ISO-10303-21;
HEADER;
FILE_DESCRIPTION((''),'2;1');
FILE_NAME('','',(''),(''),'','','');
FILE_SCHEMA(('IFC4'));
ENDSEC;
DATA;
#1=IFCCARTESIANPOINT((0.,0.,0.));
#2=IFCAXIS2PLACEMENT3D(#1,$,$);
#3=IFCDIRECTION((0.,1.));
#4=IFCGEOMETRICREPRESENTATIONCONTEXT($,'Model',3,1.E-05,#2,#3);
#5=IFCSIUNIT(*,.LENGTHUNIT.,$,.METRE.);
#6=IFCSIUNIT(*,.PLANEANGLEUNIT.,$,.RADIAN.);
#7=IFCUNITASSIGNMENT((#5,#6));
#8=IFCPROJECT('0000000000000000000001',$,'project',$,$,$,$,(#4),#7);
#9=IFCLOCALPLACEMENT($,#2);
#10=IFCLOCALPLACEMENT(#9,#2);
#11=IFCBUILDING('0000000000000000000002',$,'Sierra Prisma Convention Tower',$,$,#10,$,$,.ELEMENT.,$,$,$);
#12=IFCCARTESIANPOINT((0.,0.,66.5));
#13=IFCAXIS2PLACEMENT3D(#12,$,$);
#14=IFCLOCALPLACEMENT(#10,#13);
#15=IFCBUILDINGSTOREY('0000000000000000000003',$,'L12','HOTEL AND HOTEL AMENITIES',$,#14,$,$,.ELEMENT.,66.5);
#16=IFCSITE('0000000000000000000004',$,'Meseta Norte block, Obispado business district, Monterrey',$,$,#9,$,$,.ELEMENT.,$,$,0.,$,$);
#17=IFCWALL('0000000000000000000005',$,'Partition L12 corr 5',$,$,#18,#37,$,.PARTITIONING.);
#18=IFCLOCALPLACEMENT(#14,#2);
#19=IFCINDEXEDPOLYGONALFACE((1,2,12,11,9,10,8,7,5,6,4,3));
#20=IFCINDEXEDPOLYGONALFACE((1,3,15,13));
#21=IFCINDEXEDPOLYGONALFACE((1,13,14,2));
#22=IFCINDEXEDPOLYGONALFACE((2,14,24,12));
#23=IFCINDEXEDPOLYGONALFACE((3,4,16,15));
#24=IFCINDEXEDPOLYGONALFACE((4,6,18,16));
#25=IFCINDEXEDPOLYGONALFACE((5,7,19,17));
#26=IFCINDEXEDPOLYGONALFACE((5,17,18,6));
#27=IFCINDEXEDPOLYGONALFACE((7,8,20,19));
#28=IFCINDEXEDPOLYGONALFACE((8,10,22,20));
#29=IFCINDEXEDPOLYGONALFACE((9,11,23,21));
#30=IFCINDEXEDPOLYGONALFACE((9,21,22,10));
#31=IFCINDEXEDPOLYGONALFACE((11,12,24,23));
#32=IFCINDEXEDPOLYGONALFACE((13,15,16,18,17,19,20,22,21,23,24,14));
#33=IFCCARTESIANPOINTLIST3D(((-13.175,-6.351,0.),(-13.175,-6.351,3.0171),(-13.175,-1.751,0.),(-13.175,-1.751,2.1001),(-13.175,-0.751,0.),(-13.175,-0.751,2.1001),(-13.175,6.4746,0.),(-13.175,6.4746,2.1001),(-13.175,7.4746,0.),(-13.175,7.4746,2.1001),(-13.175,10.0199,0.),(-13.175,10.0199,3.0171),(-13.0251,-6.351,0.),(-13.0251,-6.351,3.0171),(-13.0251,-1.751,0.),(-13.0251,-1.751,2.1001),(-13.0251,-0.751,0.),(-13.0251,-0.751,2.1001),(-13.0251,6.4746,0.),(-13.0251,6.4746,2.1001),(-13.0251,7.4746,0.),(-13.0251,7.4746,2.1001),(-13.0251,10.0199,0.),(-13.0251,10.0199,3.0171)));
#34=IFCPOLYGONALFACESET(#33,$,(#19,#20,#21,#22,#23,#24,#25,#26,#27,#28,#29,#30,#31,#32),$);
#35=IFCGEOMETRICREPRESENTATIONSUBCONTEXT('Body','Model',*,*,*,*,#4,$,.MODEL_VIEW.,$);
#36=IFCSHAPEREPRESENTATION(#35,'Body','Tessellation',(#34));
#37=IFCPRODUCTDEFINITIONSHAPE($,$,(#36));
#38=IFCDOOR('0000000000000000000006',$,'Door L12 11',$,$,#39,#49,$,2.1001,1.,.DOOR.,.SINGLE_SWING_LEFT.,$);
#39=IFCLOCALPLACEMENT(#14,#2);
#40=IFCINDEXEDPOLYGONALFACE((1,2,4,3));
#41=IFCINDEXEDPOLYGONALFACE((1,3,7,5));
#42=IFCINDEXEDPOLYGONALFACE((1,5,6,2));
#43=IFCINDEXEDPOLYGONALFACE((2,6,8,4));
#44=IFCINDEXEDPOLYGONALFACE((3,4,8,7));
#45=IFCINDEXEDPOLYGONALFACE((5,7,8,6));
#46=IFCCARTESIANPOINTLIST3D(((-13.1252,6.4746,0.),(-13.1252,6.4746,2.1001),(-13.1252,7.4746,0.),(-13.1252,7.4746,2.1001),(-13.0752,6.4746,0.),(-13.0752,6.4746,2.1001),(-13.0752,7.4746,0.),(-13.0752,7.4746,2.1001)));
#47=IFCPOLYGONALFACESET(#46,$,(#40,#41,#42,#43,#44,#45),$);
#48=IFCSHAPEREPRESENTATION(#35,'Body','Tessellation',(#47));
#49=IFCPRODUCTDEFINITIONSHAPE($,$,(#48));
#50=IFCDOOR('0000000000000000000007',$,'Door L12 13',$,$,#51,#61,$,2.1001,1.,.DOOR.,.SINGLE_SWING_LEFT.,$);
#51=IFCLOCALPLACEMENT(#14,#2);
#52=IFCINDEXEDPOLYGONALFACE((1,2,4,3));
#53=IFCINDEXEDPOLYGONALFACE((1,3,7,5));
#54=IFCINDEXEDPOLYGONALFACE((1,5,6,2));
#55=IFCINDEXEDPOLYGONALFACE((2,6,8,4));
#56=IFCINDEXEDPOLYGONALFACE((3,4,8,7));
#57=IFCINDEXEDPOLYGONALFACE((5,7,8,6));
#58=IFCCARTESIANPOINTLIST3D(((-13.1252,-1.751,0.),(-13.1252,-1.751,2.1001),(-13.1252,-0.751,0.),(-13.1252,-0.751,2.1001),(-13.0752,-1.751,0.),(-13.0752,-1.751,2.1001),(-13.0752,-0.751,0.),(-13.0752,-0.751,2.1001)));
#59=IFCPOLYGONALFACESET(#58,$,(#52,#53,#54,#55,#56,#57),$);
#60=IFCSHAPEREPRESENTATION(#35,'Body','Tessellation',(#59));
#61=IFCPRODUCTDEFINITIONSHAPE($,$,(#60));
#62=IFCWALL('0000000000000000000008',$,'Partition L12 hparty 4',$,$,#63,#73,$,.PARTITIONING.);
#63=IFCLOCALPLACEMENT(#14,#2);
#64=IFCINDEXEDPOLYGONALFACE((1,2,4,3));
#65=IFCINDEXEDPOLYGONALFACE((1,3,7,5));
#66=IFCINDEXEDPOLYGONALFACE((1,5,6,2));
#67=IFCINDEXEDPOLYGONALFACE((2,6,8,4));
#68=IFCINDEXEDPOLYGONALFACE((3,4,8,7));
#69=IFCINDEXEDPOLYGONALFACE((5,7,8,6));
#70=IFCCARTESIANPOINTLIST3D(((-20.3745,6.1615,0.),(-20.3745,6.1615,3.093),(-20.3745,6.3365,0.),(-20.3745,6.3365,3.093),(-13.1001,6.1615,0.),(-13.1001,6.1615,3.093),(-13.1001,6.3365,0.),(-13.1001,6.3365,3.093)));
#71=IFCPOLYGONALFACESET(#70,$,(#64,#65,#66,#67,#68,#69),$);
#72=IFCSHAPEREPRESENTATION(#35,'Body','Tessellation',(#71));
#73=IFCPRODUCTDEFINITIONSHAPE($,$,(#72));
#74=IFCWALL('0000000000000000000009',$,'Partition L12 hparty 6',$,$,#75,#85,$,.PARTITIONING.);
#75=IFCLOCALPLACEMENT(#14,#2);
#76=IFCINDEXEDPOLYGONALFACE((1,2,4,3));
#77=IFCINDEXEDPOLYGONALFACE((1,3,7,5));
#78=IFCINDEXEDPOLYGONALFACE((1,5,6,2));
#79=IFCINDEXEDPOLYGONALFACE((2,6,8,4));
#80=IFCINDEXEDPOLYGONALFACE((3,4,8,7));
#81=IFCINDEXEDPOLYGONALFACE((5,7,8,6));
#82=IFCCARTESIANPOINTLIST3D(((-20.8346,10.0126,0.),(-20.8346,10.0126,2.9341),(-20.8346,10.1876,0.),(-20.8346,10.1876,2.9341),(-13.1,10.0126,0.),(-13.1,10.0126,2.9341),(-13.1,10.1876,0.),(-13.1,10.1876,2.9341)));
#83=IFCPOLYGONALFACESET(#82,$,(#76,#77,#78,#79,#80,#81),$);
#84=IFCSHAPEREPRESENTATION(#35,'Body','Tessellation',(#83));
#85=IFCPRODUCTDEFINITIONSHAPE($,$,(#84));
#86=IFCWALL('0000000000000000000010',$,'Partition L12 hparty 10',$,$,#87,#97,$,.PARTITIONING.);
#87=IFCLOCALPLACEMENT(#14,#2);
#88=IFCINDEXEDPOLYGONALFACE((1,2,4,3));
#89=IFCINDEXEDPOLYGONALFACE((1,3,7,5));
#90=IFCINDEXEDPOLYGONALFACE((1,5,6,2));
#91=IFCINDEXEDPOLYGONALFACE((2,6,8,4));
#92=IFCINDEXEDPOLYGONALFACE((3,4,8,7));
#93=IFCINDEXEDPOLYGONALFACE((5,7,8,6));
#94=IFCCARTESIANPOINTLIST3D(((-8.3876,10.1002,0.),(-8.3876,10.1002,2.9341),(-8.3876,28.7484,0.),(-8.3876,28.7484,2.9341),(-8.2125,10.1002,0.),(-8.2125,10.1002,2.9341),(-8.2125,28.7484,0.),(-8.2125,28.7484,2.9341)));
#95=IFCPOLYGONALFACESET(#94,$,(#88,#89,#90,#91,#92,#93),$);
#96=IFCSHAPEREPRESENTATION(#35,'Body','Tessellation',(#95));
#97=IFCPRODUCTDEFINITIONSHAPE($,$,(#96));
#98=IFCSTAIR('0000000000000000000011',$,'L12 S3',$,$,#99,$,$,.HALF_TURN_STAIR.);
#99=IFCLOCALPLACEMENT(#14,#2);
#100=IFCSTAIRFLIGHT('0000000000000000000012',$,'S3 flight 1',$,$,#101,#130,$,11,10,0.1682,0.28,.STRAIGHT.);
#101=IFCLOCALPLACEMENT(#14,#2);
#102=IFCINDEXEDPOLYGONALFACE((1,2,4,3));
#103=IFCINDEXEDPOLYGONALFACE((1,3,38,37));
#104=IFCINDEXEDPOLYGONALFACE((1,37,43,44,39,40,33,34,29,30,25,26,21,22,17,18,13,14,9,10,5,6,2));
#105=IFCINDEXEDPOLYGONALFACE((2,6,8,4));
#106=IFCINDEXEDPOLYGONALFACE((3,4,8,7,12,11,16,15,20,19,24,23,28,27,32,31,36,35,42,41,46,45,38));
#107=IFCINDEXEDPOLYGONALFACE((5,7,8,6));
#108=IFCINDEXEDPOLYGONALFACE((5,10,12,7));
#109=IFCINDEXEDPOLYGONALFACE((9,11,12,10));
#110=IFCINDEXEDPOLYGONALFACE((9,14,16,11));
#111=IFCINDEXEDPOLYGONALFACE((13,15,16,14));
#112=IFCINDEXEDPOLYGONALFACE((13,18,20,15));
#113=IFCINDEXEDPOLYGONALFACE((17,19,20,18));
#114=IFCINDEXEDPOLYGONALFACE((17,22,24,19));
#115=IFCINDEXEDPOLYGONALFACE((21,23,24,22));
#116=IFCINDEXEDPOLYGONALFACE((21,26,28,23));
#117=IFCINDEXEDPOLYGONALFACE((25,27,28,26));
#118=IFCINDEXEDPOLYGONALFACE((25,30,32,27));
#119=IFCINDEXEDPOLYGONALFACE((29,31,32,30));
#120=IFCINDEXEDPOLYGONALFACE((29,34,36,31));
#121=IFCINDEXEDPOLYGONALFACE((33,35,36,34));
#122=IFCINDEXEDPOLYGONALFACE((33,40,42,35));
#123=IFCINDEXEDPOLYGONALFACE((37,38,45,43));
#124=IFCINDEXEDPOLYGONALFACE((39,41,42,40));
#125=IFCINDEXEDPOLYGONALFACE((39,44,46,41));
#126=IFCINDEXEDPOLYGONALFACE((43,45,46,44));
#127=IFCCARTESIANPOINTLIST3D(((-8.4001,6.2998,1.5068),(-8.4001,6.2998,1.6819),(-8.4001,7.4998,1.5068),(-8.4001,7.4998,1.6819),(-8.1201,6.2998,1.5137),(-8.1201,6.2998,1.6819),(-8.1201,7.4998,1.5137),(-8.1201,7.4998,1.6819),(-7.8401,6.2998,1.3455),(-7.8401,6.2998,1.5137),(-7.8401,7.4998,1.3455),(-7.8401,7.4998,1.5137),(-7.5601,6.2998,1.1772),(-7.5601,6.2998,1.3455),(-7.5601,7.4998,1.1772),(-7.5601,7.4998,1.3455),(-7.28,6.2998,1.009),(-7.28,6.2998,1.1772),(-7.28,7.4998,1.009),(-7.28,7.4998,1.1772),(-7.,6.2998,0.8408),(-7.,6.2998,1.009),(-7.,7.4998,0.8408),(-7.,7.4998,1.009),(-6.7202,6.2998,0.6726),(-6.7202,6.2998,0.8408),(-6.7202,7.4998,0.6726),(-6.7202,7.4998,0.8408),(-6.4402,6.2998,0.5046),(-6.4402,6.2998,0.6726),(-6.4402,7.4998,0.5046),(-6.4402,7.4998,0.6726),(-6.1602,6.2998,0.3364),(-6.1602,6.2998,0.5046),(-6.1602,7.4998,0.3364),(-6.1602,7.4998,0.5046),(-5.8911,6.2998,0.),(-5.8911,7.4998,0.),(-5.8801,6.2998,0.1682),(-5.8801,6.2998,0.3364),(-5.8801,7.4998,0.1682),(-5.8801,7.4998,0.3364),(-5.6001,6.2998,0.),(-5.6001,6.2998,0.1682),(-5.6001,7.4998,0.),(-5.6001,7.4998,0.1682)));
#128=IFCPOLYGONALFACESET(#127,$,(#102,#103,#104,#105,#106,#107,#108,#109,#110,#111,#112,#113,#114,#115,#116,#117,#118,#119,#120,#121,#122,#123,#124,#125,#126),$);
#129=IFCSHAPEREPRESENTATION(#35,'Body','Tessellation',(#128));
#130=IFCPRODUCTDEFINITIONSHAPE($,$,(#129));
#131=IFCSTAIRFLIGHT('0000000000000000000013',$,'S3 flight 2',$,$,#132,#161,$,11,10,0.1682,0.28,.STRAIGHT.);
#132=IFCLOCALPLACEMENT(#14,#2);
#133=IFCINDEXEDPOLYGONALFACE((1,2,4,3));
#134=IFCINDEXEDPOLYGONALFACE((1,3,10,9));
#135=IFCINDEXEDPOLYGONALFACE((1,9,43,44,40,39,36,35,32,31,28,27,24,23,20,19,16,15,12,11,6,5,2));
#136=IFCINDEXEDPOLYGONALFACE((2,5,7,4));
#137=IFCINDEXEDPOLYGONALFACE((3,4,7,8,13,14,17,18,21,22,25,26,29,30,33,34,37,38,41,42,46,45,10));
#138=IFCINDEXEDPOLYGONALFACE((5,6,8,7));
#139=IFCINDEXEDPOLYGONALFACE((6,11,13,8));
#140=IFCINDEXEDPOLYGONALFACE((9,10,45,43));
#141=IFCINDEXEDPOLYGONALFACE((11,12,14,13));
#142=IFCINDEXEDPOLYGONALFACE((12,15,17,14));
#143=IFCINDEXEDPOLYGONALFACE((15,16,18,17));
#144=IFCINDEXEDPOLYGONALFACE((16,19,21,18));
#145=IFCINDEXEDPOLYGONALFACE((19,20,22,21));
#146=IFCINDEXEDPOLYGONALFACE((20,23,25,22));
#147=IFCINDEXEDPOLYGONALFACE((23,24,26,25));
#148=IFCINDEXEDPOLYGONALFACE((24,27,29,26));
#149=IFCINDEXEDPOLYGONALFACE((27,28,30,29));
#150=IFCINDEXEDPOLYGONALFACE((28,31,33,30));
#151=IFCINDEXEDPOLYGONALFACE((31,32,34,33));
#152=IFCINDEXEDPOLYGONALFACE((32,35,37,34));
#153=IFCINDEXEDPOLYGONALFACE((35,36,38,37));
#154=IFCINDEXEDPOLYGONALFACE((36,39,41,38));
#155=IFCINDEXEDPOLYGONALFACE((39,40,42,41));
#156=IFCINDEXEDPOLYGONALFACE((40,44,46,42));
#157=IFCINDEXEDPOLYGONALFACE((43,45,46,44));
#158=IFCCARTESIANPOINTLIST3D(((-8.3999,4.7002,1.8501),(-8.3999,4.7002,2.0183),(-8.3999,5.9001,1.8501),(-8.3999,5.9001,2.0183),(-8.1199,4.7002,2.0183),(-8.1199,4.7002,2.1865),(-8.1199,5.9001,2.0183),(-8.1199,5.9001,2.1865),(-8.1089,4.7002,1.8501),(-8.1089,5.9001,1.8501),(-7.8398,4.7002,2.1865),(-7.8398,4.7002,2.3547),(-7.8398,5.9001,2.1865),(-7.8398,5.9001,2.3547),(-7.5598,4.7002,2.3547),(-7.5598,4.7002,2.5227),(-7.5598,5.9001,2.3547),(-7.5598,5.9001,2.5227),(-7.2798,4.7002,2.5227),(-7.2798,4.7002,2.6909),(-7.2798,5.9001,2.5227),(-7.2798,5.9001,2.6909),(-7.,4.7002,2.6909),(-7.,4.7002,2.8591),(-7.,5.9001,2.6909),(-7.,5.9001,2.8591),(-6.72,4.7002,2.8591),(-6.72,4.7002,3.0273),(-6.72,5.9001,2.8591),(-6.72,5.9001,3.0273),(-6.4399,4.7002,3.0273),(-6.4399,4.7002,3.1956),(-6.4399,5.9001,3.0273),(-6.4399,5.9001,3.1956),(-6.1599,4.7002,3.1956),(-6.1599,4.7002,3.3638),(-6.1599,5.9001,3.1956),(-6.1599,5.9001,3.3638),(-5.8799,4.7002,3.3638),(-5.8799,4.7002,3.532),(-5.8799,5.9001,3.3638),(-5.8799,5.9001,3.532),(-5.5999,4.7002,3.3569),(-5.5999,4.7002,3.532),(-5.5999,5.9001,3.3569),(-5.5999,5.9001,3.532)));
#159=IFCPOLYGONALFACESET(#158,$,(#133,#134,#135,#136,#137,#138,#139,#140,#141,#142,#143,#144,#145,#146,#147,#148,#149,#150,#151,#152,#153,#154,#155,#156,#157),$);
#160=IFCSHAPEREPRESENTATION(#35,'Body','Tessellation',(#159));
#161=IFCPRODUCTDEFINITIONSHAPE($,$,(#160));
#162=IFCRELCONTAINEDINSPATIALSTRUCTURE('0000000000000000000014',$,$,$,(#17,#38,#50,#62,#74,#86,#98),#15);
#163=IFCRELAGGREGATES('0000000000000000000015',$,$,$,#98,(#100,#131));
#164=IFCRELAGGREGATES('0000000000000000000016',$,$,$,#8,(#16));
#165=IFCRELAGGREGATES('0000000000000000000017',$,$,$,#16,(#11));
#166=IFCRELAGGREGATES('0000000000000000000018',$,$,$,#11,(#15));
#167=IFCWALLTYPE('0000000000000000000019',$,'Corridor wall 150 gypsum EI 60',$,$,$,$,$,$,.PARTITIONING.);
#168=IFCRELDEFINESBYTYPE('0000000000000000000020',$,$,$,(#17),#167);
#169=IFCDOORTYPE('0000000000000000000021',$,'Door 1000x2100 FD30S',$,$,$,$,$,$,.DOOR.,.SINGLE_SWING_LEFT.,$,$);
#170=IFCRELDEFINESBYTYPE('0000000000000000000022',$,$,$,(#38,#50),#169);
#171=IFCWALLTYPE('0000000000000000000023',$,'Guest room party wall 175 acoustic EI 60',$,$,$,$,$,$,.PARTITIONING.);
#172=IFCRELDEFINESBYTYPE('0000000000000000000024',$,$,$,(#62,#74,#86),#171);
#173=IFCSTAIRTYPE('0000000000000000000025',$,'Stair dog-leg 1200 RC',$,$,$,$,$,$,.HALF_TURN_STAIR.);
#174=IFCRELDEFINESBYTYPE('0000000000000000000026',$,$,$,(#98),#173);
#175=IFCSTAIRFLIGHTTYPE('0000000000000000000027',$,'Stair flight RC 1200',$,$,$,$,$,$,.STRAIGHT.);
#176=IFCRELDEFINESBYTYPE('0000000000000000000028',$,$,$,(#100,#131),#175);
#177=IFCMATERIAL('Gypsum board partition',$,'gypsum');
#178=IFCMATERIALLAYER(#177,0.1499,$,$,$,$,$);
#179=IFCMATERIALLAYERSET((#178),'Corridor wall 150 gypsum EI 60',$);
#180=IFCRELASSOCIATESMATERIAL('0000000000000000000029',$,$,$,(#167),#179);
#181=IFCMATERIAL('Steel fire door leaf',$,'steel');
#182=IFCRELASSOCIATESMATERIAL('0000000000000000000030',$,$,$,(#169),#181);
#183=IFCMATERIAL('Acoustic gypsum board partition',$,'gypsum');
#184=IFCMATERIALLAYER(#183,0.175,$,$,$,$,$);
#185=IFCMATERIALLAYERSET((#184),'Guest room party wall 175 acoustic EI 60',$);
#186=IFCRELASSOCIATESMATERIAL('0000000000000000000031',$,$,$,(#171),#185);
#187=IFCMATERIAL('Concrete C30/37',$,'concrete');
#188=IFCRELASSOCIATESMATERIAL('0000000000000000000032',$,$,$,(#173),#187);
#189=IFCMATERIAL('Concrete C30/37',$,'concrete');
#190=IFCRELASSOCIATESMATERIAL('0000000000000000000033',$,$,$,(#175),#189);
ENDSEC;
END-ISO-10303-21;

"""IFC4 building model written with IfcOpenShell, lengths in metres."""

from ifc_helpers import new_model, si_unit, direction, frame, frame_2d, origin, place, context, subcontext, project, spatial, polyline, rectangle, outline, extrude, material, layer, layer_set, type_object, element, fill, aggregate, save


model = new_model("IFC4")

# Units and contexts
model_context = context("Model", 3, precision=1e-05, world=origin(), true_north=direction((0.0, 1.0)))
body_context = subcontext(model_context, "Body", "Model", "MODEL_VIEW")
ifc_project = project(units=[si_unit("LENGTHUNIT", "METRE"), si_unit("PLANEANGLEUNIT", "RADIAN")], contexts=[model_context])

# Site, building, storey
site_placement = place(None, origin())
site = spatial("IfcSite", under=ifc_project, at=site_placement, Name="Meseta Norte block, Obispado business district, Monterrey", CompositionType="ELEMENT", RefElevation=0.0)
building_placement = place(site_placement, origin())
building = spatial("IfcBuilding", under=site, at=building_placement, Name="Sierra Prisma Convention Tower", CompositionType="ELEMENT")
storey_placement = place(building_placement, frame((0.0, 0.0, 66.5)))
storey = spatial("IfcBuildingStorey", under=building, at=storey_placement, Name="L12", Description="HOTEL AND HOTEL AMENITIES", CompositionType="ELEMENT", Elevation=66.5)

# Wall, openings, doors
ifc_material_1 = material(Name="Gypsum board partition", Category="gypsum")
ifc_layer_1 = layer(ifc_material_1, 0.1499)
ifc_layer_set_1 = layer_set([ifc_layer_1], Name="Corridor wall 150 gypsum EI 60")
wall_type_1 = type_object("IfcWallType", Name="Corridor wall 150 gypsum EI 60", PredefinedType="PARTITIONING", material=ifc_layer_set_1)
wall_1_placement = place(storey_placement, frame((-13.1001, 10.02, 0.0), z_axis=(0.0, 0.0, 1.0), x_axis=(0.0, -1.0, 0.0)))
wall_1 = element("IfcWall", 1, at=wall_1_placement, inside=storey, type_object=wall_type_1, Name="Partition L12 corr 5", PredefinedType="PARTITIONING", context=body_context, shape_type="SweptSolid", body=[
    extrude(rectangle(XDim=16.3708, YDim=0.1499, at=frame_2d((8.1855, 0.0))), origin(), (0.0, 0.0, 1.0), 3.0171),
])
opening_1_placement = place(wall_1_placement, frame((2.5454, 0.0, 0.0)))
opening_1 = element("IfcOpeningElement", 2, at=opening_1_placement, cuts=wall_1, PredefinedType="OPENING", context=body_context, shape_type="SweptSolid", body=[
    extrude(rectangle(XDim=1.0, YDim=2.1001, at=frame_2d((0.5, 1.05))), frame((0.0, 0.075, 0.0), z_axis=(0.0, -1.0, 0.0), x_axis=(1.0, 0.0, 0.0)), (0.0, 0.0, 1.0), 0.1499),
])
opening_2_placement = place(wall_1_placement, frame((10.771, 0.0, 0.0)))
opening_2 = element("IfcOpeningElement", 3, at=opening_2_placement, cuts=wall_1, PredefinedType="OPENING", context=body_context, shape_type="SweptSolid", body=[
    extrude(rectangle(XDim=1.0, YDim=2.1001, at=frame_2d((0.5, 1.05))), frame((0.0, 0.075, 0.0), z_axis=(0.0, -1.0, 0.0), x_axis=(1.0, 0.0, 0.0)), (0.0, 0.0, 1.0), 0.1499),
])
ifc_material_2 = material(Name="Steel fire door leaf", Category="steel")
door_type_1 = type_object("IfcDoorType", Name="Door 1000x2100 FD30S", OperationType="SINGLE_SWING_LEFT", PredefinedType="DOOR", material=ifc_material_2)
door_1_placement = place(opening_1_placement, origin())
door_1 = element("IfcDoor", 4, at=door_1_placement, inside=storey, type_object=door_type_1, Name="Door L12 11", OperationType="SINGLE_SWING_LEFT", OverallHeight=2.1001, OverallWidth=1.0, PredefinedType="DOOR", context=body_context, shape_type="SweptSolid", body=[
    extrude(rectangle(XDim=1.0, YDim=2.1001, at=frame_2d((0.5, 1.05))), frame((0.0, 0.0249, 0.0), z_axis=(0.0, -1.0, 0.0), x_axis=(1.0, 0.0, 0.0)), (0.0, 0.0, 1.0), 0.05),
])
fill(opening_1, door_1)
door_2_placement = place(opening_2_placement, origin())
door_2 = element("IfcDoor", 5, at=door_2_placement, inside=storey, type_object=door_type_1, Name="Door L12 13", OperationType="SINGLE_SWING_LEFT", OverallHeight=2.1001, OverallWidth=1.0, PredefinedType="DOOR", context=body_context, shape_type="SweptSolid", body=[
    extrude(rectangle(XDim=1.0, YDim=2.1001, at=frame_2d((0.5, 1.05))), frame((0.0, 0.0249, 0.0), z_axis=(0.0, -1.0, 0.0), x_axis=(1.0, 0.0, 0.0)), (0.0, 0.0, 1.0), 0.05),
])
fill(opening_2, door_2)

# Walls
ifc_material_3 = material(Name="Acoustic gypsum board partition", Category="gypsum")
ifc_layer_2 = layer(ifc_material_3, 0.175)
ifc_layer_set_2 = layer_set([ifc_layer_2], Name="Guest room party wall 175 acoustic EI 60")
wall_type_2 = type_object("IfcWallType", Name="Guest room party wall 175 acoustic EI 60", PredefinedType="PARTITIONING", material=ifc_layer_set_2)
wall_2_placement = place(storey_placement, frame((-13.1001, 6.249, 0.0), z_axis=(0.0, 0.0, 1.0), x_axis=(-1.0, 0.0, 0.0)))
element("IfcWall", 6, at=wall_2_placement, inside=storey, type_object=wall_type_2, Name="Partition L12 hparty 4", PredefinedType="PARTITIONING", context=body_context, shape_type="SweptSolid", body=[
    extrude(rectangle(XDim=7.2744, YDim=0.175, at=frame_2d((3.6372, 0.0))), origin(), (0.0, 0.0, 1.0), 3.093),
])
wall_3_placement = place(storey_placement, frame((-13.1001, 10.1001, 0.0), z_axis=(0.0, 0.0, 1.0), x_axis=(-1.0, 0.0, 0.0)))
element("IfcWall", 7, at=wall_3_placement, inside=storey, type_object=wall_type_2, Name="Partition L12 hparty 6", PredefinedType="PARTITIONING", context=body_context, shape_type="SweptSolid", body=[
    extrude(rectangle(XDim=7.7346, YDim=0.175, at=frame_2d((3.8672, 0.0))), origin(), (0.0, 0.0, 1.0), 2.9341),
])
wall_4_placement = place(storey_placement, frame((-8.3, 10.1001, 0.0), z_axis=(0.0, 0.0, 1.0), x_axis=(0.0, 1.0, 0.0)))
element("IfcWall", 8, at=wall_4_placement, inside=storey, type_object=wall_type_2, Name="Partition L12 hparty 10", PredefinedType="PARTITIONING", context=body_context, shape_type="SweptSolid", body=[
    extrude(rectangle(XDim=18.6482, YDim=0.175, at=frame_2d((9.3242, 0.0))), origin(), (0.0, 0.0, 1.0), 2.9341),
])

# Stair, stair flights
ifc_material_4 = material(Name="Concrete C30/37", Category="concrete")
stair_type = type_object("IfcStairType", Name="Stair dog-leg 1200 RC", PredefinedType="HALF_TURN_STAIR", material=ifc_material_4)
stair_placement = place(storey_placement, origin())
stair = element("IfcStair", 9, at=stair_placement, inside=storey, type_object=stair_type, Name="L12 S3", PredefinedType="HALF_TURN_STAIR")
ifc_material_5 = material(Name="Concrete C30/37", Category="concrete")
stair_flight_type = type_object("IfcStairFlightType", Name="Stair flight RC 1200", PredefinedType="STRAIGHT", material=ifc_material_5)
stair_flight_1_placement = place(storey_placement, frame((-5.6001, 6.8999, 0.0), z_axis=(0.0, 0.0, 1.0), x_axis=(-1.0, 0.0, 0.0)))
stair_flight_1 = element("IfcStairFlight", 10, at=stair_flight_1_placement, type_object=stair_flight_type, Name="S3 flight 1", NumberOfRisers=11, NumberOfTreads=10, PredefinedType="STRAIGHT", RiserHeight=0.1682, TreadLength=0.28, context=body_context, shape_type="SweptSolid", body=[
    extrude(outline(polyline([(0.0, 0.0), (0.0, 0.1682), (0.28, 0.1682), (0.28, 0.3364), (0.5601, 0.3364), (0.5601, 0.5046), (0.8401, 0.5046), (0.8401, 0.6726), (1.1201, 0.6726), (1.1201, 0.8408), (1.3999, 0.8408), (1.3999, 1.009), (1.6799, 1.009), (1.6799, 1.1772), (1.96, 1.1772), (1.96, 1.3455), (2.24, 1.3455), (2.24, 1.5137), (2.52, 1.5137), (2.52, 1.6819), (2.8, 1.6819), (2.8, 1.8501), (2.8, 1.5068), (0.291, 0.0), (0.0, 0.0)])), frame((0.0, 0.6001, 0.0), z_axis=(0.0, -1.0, 0.0), x_axis=(1.0, 0.0, 0.0)), (0.0, 0.0, 1.0), 1.2),
])
stair_flight_2_placement = place(storey_placement, frame((-8.3999, 5.3, 1.8501), z_axis=(0.0, 0.0, 1.0), x_axis=(1.0, 0.0, 0.0)))
stair_flight_2 = element("IfcStairFlight", 11, at=stair_flight_2_placement, type_object=stair_flight_type, Name="S3 flight 2", NumberOfRisers=11, NumberOfTreads=10, PredefinedType="STRAIGHT", RiserHeight=0.1682, TreadLength=0.28, context=body_context, shape_type="SweptSolid", body=[
    extrude(outline(polyline([(0.0, 0.0), (0.0, 0.1682), (0.28, 0.1682), (0.28, 0.3364), (0.5601, 0.3364), (0.5601, 0.5046), (0.8401, 0.5046), (0.8401, 0.6726), (1.1201, 0.6726), (1.1201, 0.8408), (1.3999, 0.8408), (1.3999, 1.009), (1.6799, 1.009), (1.6799, 1.1772), (1.96, 1.1772), (1.96, 1.3455), (2.24, 1.3455), (2.24, 1.5137), (2.52, 1.5137), (2.52, 1.6819), (2.8, 1.6819), (2.8, 1.8501), (2.8, 1.5068), (0.291, 0.0), (0.0, 0.0)])), frame((0.0, 0.6001, 0.0), z_axis=(0.0, -1.0, 0.0), x_axis=(1.0, 0.0, 0.0)), (0.0, 0.0, 1.0), 1.2),
])
aggregate(stair, [stair_flight_1, stair_flight_2])

save(model, "model.ifc")
